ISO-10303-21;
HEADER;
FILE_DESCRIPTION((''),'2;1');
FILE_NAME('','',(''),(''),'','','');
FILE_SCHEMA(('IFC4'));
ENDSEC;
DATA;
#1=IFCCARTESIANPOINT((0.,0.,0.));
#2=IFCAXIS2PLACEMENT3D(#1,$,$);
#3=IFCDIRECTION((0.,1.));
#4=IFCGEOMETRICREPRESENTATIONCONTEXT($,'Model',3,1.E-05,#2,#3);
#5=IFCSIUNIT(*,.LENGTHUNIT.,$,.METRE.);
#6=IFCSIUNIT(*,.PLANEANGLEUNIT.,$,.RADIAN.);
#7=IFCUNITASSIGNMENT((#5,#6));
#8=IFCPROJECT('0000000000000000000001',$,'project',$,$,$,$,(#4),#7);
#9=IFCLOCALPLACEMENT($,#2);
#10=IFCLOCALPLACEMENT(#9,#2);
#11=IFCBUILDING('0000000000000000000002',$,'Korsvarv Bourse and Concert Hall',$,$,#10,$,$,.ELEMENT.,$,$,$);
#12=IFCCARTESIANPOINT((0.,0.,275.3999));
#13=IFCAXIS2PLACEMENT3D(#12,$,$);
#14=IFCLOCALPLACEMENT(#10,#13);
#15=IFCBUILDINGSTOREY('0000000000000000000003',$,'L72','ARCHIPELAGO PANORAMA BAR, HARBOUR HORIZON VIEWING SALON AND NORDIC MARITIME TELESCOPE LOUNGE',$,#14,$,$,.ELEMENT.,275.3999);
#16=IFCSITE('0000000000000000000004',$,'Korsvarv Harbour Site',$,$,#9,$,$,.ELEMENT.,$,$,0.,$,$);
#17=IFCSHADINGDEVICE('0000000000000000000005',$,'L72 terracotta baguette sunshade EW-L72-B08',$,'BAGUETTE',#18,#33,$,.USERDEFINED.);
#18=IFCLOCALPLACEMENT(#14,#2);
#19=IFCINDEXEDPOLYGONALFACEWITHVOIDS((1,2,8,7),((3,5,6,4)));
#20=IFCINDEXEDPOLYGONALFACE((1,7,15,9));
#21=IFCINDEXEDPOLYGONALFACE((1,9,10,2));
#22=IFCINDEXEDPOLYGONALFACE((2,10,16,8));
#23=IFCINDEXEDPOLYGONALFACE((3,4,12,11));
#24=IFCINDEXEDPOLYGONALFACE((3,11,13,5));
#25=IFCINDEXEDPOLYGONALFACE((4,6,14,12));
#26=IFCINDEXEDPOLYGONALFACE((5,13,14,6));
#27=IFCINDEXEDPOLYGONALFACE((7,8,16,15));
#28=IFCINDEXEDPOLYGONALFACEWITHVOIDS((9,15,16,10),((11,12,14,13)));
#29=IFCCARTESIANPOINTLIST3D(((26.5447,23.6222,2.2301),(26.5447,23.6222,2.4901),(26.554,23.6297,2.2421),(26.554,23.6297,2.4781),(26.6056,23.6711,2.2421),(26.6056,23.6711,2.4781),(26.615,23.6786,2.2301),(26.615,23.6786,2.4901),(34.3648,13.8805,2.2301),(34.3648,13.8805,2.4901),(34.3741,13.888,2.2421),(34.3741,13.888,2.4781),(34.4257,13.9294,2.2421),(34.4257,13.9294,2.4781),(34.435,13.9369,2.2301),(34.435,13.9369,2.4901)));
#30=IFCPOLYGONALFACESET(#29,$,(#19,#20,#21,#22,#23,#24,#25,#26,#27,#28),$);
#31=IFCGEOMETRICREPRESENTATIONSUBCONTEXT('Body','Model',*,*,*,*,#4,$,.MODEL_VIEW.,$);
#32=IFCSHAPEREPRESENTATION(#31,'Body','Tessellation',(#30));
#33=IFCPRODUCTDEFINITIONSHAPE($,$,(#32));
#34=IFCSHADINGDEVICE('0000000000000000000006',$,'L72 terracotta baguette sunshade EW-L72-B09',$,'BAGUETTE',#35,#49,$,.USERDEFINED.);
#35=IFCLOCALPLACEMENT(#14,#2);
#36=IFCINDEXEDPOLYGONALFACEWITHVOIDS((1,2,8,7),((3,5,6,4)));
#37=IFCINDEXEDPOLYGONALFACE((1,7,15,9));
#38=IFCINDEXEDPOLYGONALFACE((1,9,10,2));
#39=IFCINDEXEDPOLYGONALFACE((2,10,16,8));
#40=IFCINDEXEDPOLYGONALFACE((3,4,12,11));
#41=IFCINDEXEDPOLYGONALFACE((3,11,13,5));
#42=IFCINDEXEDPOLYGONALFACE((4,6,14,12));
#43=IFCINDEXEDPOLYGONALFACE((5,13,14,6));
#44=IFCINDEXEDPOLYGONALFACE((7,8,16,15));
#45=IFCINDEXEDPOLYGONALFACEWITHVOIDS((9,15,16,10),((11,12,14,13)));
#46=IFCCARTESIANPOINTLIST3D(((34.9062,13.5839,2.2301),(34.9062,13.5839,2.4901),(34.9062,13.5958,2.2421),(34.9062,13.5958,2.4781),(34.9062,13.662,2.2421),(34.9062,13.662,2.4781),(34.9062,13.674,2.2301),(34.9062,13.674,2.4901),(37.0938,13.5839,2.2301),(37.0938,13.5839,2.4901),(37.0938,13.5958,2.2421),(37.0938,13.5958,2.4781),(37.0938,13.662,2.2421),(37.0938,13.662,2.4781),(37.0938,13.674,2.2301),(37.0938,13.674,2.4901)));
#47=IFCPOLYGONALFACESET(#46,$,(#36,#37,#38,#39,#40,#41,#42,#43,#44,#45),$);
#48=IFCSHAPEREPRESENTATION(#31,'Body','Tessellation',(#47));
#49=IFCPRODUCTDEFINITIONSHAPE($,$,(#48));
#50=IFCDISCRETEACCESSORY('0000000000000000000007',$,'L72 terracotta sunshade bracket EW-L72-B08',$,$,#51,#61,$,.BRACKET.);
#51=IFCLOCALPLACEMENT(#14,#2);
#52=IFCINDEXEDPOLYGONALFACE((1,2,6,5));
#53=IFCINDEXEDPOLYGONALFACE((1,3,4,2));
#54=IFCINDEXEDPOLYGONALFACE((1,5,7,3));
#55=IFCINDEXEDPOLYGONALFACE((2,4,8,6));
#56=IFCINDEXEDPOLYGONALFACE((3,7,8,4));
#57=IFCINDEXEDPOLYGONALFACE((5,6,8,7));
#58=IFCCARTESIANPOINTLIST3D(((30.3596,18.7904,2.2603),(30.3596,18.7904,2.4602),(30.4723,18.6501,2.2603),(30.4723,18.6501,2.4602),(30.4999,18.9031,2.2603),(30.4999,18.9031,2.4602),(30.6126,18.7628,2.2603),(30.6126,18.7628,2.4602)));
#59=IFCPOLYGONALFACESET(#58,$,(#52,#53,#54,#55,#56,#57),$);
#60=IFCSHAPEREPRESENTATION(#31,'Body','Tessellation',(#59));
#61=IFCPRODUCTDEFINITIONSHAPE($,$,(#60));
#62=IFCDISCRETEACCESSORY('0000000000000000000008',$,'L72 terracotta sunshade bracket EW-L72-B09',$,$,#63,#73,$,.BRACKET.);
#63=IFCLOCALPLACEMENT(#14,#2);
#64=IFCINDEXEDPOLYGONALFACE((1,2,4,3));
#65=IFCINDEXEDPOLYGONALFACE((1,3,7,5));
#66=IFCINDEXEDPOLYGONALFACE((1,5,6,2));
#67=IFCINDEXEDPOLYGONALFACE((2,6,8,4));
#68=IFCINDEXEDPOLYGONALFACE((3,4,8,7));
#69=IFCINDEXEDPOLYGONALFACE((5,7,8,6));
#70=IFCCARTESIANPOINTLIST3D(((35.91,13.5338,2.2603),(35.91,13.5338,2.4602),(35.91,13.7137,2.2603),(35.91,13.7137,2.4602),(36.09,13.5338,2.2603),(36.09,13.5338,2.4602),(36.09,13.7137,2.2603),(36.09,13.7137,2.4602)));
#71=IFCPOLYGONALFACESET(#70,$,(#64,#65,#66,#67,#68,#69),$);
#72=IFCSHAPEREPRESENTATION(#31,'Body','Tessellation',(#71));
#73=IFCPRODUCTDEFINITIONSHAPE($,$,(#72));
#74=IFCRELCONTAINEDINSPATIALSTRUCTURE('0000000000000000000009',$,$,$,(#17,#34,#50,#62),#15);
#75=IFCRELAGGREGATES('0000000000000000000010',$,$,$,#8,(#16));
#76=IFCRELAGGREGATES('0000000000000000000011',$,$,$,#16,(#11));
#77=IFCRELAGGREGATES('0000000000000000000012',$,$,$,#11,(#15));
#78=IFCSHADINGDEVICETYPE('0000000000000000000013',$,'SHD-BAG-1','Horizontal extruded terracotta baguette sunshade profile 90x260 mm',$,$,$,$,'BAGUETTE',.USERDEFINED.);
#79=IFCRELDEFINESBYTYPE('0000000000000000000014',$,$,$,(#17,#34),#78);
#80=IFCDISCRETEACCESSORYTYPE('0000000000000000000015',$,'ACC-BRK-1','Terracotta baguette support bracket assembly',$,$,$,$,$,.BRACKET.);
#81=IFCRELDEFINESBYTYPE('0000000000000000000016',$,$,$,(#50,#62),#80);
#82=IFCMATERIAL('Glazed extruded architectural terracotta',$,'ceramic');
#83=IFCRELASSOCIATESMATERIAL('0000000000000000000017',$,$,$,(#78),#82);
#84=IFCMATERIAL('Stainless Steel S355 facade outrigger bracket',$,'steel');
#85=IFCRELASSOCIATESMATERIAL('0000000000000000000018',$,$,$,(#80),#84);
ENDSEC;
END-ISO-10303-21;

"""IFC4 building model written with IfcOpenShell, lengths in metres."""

from ifc_helpers import new_model, si_unit, direction, frame, origin, origin_2d, place, context, subcontext, project, spatial, rectangle, hollow_rectangle, extrude, source, transform, mapped, material, material_profile, profile_set, type_object, element, save


model = new_model("IFC4")

# Units and contexts
model_context = context("Model", 3, precision=1e-05, world=origin(), true_north=direction((0.0, 1.0)))
body_context = subcontext(model_context, "Body", "Model", "MODEL_VIEW")
ifc_project = project(units=[si_unit("LENGTHUNIT", "METRE"), si_unit("PLANEANGLEUNIT", "RADIAN")], contexts=[model_context])

# Site, building, storey
site_placement = place(None, origin())
site = spatial("IfcSite", under=ifc_project, at=site_placement, Name="Korsvarv Harbour Site", CompositionType="ELEMENT", RefElevation=0.0)
building_placement = place(site_placement, origin())
building = spatial("IfcBuilding", under=site, at=building_placement, Name="Korsvarv Bourse and Concert Hall", CompositionType="ELEMENT")
storey_placement = place(building_placement, frame((0.0, 0.0, 275.3999)))
storey = spatial("IfcBuildingStorey", under=building, at=storey_placement, Name="L72", Description="ARCHIPELAGO PANORAMA BAR, HARBOUR HORIZON VIEWING SALON AND NORDIC MARITIME TELESCOPE LOUNGE", CompositionType="ELEMENT", Elevation=275.3999)

# Shading devices
ifc_material_1 = material(Name="Glazed extruded architectural terracotta", Category="ceramic")
ifc_material_profile_1 = material_profile(ifc_material_1, hollow_rectangle(XDim=0.0901, YDim=0.26, WallThickness=0.012, at=origin_2d()), Name="TC-BAG 90x260")
ifc_profile_set_1 = profile_set([ifc_material_profile_1], Name="Glazed extruded architectural terracotta")
shading_device_type = type_object("IfcShadingDeviceType", Name="SHD-BAG-1", Description="Horizontal extruded terracotta baguette sunshade profile 90x260 mm", ElementType="BAGUETTE", PredefinedType="USERDEFINED", material=ifc_profile_set_1)
shared_shape_1 = source(origin(), body_context, "Body", "SweptSolid", [
    extrude(hollow_rectangle(XDim=0.0901, YDim=0.26, WallThickness=0.012, at=origin_2d()), origin(), (0.0, 0.0, 1.0), 12.4922),
])
shading_device_1_placement = place(storey_placement, frame((26.5798, 23.6504, 2.3601), z_axis=(0.625998, -0.779825, 0.0), x_axis=(0.779825, 0.625998, 0.0)))
element("IfcShadingDevice", 1, at=shading_device_1_placement, inside=storey, type_object=shading_device_type, Name="L72 terracotta baguette sunshade EW-L72-B08", ObjectType="BAGUETTE", PredefinedType="USERDEFINED", context=body_context, shape_type="MappedRepresentation", body=[
    mapped(shared_shape_1, transform((0.0, 0.0, 0.0), scale=1.0)),
])
shared_shape_2 = source(origin(), body_context, "Body", "SweptSolid", [
    extrude(hollow_rectangle(XDim=0.0901, YDim=0.26, WallThickness=0.012, at=origin_2d()), origin(), (0.0, 0.0, 1.0), 2.1875),
])
shading_device_2_placement = place(storey_placement, frame((34.9062, 13.6289, 2.3601), z_axis=(1.0, 0.0, 0.0), x_axis=(0.0, 1.0, 0.0)))
element("IfcShadingDevice", 2, at=shading_device_2_placement, inside=storey, type_object=shading_device_type, Name="L72 terracotta baguette sunshade EW-L72-B09", ObjectType="BAGUETTE", PredefinedType="USERDEFINED", context=body_context, shape_type="MappedRepresentation", body=[
    mapped(shared_shape_2, transform((0.0, 0.0, 0.0), scale=1.0)),
])

# Discrete accessories
ifc_material_2 = material(Name="Stainless Steel S355 facade outrigger bracket", Category="steel")
discrete_accessory_type = type_object("IfcDiscreteAccessoryType", Name="ACC-BRK-1", Description="Terracotta baguette support bracket assembly", PredefinedType="BRACKET", material=ifc_material_2)
shared_shape_3 = source(origin(), body_context, "Body", "SweptSolid", [
    extrude(rectangle(XDim=0.1799, YDim=0.1799, at=origin_2d()), origin(), (0.0, 0.0, 1.0), 0.2),
])
for number, where, z_axis, x_axis, name in (
    (3, (30.4861, 18.7766, 2.2603), (0.0, 0.0, 1.0), (0.62606, -0.779775, 0.0), "L72 terracotta sunshade bracket EW-L72-B08"),
    (4, (36.0, 13.6238, 2.2603), (0.0, 0.0, 1.0), (1.0, 0.0, 0.0), "L72 terracotta sunshade bracket EW-L72-B09"),
):
    element("IfcDiscreteAccessory", number, at=place(storey_placement, frame(where, z_axis=z_axis, x_axis=x_axis)), inside=storey, type_object=discrete_accessory_type, Name=name, PredefinedType="BRACKET", context=body_context, shape_type="MappedRepresentation", body=[
        mapped(shared_shape_3, transform((0.0, 0.0, 0.0), scale=1.0)),
    ])

save(model, "model.ifc")
